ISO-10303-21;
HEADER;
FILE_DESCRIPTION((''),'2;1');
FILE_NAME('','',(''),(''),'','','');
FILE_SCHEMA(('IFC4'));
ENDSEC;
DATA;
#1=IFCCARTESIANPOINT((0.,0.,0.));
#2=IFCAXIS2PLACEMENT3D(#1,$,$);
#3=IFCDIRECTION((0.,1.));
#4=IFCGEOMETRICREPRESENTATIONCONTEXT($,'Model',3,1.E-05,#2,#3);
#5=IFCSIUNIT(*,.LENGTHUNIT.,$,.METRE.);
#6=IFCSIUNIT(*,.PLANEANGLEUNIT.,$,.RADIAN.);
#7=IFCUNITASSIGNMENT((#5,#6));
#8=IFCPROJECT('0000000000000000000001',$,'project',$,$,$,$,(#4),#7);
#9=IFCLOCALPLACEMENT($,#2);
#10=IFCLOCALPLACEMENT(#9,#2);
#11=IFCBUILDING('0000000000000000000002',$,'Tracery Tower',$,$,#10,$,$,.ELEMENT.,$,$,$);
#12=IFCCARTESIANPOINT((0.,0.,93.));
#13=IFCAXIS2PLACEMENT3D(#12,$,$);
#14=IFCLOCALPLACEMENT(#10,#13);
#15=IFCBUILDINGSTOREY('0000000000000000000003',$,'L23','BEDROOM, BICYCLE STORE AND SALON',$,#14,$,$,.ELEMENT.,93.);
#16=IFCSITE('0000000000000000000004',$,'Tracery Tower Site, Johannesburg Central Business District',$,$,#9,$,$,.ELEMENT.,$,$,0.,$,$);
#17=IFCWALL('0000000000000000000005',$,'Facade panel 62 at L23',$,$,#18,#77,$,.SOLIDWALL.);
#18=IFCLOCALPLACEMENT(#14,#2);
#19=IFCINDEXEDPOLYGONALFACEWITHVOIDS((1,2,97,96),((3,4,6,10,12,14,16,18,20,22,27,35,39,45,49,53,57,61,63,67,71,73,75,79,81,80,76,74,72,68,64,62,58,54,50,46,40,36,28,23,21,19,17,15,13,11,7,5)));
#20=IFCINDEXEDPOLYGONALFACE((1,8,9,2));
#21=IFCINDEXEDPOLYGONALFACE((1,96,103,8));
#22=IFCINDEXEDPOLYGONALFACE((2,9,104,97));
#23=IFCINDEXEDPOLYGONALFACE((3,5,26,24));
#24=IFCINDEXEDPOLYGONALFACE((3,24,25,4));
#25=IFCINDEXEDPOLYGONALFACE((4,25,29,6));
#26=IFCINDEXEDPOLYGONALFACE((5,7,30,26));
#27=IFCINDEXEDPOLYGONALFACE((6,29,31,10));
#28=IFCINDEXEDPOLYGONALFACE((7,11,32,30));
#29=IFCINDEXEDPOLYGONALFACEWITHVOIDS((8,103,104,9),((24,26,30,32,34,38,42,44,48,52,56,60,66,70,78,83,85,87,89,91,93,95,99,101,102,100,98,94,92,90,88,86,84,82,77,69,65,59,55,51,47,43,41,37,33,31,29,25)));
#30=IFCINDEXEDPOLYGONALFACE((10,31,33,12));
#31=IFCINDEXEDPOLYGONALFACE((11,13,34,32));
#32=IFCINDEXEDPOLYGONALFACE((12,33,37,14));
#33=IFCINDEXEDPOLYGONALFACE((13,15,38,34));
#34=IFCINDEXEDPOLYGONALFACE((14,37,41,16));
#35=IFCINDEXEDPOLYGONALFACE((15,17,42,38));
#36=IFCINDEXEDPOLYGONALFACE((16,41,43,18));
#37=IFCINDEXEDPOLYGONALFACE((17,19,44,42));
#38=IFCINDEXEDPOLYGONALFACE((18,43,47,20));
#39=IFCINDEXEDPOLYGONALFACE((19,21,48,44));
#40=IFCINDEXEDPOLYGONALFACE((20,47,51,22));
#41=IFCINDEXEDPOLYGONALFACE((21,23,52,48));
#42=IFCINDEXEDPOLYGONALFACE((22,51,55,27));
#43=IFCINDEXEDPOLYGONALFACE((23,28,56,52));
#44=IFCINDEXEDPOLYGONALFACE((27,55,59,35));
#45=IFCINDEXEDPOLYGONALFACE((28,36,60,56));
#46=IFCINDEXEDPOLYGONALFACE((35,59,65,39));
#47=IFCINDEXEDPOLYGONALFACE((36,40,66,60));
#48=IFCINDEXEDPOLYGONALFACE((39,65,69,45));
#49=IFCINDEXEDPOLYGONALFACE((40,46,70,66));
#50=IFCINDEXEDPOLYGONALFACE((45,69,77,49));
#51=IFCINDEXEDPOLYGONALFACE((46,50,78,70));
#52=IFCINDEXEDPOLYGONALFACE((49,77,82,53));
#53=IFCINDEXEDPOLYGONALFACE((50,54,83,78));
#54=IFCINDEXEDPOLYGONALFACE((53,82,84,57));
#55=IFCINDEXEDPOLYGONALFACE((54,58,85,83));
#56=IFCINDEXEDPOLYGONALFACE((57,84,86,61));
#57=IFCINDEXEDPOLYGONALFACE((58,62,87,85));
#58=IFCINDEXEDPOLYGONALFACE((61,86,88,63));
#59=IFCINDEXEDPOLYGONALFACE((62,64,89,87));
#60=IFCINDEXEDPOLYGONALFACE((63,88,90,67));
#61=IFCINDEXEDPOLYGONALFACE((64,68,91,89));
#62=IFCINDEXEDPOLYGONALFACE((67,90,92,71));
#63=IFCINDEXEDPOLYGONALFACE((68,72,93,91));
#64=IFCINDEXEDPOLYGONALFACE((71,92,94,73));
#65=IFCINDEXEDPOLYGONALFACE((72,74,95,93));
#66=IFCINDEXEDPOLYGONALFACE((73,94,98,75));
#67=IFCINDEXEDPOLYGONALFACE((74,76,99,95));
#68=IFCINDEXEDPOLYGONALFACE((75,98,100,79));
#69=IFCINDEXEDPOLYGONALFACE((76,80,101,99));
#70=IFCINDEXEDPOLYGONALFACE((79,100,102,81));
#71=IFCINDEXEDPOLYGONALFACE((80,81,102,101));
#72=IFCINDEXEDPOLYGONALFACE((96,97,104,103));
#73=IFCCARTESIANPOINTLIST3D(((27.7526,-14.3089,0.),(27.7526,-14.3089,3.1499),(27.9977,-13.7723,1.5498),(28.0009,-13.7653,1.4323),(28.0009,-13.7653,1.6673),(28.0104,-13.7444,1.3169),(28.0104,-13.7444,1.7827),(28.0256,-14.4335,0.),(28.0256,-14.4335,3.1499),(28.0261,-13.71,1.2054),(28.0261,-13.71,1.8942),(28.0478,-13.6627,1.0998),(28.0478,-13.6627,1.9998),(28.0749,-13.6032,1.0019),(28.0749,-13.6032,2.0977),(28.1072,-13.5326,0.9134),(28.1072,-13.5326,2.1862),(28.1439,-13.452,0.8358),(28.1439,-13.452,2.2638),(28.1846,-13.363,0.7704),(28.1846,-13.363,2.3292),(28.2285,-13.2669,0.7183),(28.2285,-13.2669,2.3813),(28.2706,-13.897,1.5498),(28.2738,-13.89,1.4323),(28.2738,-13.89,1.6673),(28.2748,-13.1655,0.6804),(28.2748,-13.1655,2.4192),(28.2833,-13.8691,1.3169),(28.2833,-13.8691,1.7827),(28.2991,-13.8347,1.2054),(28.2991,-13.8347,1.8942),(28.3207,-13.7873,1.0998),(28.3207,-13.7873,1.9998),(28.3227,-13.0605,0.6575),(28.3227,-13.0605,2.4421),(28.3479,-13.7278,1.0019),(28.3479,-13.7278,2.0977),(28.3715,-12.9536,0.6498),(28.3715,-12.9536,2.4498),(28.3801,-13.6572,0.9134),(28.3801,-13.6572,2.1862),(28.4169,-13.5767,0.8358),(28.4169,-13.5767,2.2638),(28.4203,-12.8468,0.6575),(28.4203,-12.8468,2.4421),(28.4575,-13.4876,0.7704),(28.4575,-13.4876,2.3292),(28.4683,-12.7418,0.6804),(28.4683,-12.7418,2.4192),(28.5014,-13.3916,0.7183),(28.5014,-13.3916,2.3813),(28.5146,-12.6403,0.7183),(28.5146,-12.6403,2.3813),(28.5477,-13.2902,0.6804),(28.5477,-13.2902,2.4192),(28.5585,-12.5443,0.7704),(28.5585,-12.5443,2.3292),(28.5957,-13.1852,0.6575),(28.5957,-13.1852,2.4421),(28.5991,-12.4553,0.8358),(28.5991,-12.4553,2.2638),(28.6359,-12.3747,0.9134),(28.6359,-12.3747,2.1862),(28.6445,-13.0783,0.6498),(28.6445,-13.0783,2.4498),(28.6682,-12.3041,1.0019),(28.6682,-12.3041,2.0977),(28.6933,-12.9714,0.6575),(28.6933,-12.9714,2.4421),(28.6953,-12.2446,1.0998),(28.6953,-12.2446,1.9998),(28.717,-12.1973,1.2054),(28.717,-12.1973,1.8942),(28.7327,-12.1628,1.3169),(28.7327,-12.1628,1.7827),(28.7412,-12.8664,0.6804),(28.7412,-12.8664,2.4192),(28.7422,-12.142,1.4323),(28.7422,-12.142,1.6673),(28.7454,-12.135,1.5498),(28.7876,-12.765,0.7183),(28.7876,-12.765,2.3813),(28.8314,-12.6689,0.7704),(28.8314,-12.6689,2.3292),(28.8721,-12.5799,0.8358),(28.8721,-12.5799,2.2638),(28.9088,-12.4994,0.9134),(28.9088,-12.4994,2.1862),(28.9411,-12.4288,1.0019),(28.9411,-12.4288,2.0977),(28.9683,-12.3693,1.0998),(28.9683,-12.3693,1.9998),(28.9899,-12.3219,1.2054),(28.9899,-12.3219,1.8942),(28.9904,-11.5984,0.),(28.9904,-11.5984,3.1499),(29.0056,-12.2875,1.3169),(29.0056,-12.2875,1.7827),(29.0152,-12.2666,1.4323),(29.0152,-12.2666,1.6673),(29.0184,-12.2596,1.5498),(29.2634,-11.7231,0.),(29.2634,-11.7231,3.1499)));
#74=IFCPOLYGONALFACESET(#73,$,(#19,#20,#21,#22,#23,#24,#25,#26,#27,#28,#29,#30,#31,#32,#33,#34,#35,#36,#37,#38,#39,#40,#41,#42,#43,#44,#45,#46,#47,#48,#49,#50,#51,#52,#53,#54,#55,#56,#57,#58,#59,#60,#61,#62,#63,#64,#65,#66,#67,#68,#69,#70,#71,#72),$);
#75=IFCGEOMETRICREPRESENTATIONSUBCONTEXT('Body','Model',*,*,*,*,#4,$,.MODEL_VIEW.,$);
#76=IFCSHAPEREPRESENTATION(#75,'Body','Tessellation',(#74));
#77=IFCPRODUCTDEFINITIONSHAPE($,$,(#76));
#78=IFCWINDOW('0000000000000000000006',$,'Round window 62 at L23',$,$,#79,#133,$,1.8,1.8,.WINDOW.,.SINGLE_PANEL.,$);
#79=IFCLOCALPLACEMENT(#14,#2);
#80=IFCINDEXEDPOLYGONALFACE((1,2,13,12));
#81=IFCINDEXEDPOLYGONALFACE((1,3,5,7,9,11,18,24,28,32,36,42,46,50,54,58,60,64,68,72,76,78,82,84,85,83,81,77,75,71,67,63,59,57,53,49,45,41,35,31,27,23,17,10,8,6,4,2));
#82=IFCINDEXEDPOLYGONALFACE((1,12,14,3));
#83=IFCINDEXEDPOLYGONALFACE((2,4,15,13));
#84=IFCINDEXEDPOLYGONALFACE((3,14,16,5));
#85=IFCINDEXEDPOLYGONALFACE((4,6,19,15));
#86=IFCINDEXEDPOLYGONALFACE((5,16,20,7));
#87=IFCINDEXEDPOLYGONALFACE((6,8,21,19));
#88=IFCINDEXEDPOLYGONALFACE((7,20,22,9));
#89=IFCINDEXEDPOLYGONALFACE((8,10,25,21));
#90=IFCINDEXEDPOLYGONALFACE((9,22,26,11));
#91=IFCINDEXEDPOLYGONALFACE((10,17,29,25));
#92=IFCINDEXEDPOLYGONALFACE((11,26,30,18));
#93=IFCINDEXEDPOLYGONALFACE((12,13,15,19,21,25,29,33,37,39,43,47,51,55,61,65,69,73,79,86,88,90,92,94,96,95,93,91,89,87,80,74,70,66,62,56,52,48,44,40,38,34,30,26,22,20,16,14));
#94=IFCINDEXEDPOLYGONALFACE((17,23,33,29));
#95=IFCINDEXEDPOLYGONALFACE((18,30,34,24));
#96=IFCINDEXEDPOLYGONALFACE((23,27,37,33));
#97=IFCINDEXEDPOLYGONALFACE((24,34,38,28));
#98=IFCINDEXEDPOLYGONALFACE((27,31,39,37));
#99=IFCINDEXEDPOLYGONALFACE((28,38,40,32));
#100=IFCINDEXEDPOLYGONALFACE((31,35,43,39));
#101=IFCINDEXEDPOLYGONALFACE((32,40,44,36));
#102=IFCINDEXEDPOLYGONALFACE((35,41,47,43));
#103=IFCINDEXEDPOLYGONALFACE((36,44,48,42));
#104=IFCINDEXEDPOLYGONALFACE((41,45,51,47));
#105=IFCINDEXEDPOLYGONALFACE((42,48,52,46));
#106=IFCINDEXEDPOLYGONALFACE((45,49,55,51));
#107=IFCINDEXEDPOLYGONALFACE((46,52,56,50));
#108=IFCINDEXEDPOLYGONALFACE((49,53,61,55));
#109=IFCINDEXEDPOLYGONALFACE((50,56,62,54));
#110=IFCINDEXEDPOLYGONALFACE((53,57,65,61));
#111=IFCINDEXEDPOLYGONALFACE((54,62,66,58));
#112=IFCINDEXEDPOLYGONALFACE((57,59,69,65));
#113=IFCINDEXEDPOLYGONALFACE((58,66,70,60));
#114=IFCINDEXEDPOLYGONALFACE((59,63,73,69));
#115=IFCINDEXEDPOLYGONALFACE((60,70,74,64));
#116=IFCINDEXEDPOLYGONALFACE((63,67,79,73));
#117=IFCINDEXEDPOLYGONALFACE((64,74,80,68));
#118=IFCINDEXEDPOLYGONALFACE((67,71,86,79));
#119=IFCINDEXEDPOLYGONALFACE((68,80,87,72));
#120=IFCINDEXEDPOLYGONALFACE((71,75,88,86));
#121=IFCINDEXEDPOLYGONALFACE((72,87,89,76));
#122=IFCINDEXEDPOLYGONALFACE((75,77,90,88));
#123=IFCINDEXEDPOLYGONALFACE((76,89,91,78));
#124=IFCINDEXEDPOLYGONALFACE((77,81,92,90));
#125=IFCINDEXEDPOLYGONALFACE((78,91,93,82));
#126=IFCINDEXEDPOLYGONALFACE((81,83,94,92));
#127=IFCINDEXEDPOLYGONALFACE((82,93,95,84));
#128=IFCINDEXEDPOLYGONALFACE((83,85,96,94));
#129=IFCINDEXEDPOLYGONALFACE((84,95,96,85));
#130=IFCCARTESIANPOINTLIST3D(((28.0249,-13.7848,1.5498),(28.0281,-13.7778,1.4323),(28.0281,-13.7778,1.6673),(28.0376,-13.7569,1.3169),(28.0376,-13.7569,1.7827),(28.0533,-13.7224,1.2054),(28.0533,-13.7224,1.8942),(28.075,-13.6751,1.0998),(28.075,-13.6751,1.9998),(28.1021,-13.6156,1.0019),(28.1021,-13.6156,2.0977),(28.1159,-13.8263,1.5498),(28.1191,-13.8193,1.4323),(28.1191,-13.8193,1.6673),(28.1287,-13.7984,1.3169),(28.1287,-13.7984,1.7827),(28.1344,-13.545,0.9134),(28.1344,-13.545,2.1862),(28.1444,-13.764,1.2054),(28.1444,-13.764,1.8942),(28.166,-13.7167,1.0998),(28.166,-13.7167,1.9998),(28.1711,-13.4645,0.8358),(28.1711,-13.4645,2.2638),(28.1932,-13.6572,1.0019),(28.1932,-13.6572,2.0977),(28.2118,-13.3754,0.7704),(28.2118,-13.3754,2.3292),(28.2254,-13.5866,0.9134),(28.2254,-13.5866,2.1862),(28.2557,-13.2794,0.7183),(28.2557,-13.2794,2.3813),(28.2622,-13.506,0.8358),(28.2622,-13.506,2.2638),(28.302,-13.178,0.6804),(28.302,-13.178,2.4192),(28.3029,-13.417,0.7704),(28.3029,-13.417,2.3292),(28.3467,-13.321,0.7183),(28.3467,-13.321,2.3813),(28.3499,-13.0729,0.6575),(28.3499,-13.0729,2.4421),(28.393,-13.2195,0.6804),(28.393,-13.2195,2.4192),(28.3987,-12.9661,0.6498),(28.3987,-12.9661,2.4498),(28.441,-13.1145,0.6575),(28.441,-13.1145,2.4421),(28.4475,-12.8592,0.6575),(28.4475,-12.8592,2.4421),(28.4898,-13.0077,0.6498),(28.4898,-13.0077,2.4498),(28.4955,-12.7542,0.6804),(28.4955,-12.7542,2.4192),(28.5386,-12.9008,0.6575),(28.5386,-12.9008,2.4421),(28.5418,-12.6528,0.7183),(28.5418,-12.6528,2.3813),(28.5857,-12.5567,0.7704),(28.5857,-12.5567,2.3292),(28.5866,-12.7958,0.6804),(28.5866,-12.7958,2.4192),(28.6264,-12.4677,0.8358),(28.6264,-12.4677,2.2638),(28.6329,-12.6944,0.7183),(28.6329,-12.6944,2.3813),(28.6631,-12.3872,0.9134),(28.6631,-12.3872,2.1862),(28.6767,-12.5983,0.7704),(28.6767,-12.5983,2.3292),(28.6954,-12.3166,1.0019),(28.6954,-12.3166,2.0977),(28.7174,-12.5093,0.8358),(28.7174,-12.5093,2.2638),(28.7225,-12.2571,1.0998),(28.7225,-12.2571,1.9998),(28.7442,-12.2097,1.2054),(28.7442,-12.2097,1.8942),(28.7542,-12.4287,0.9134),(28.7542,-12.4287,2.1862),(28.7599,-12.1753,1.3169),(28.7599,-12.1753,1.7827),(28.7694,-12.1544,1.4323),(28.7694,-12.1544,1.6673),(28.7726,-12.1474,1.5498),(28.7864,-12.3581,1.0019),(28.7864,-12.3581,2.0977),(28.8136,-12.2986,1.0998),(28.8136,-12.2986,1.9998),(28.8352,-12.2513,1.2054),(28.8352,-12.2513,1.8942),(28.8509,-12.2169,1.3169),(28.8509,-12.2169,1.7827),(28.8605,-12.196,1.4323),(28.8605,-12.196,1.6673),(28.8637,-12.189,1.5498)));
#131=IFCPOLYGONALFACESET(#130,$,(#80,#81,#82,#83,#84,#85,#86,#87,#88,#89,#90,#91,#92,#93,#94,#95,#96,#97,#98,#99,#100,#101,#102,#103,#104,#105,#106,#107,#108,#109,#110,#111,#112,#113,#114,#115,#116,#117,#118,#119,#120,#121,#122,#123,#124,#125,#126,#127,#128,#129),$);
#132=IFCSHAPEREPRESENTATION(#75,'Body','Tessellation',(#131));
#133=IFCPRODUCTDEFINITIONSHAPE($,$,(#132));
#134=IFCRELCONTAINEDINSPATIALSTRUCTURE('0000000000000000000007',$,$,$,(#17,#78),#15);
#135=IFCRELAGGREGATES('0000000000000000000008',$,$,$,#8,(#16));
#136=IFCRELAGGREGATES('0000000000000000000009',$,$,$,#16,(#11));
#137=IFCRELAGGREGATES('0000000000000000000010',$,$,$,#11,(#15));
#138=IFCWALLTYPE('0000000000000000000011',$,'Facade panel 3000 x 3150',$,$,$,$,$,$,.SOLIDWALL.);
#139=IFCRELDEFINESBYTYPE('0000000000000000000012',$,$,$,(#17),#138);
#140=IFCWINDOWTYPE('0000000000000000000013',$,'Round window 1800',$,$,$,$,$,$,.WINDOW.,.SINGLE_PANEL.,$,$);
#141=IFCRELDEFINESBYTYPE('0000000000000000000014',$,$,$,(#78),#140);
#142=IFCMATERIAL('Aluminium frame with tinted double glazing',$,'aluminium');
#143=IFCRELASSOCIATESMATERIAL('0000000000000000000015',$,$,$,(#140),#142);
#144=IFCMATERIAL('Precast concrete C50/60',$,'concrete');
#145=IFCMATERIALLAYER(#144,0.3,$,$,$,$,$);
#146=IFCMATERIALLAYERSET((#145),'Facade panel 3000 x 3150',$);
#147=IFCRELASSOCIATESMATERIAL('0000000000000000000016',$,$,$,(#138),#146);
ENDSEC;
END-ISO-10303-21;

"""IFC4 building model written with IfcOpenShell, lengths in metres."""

from ifc_helpers import new_model, si_unit, direction, frame, frame_2d, origin, origin_2d, place, context, subcontext, project, spatial, rectangle, circle, extrude, material, layer, layer_set, type_object, element, fill, save


model = new_model("IFC4")

# Units and contexts
model_context = context("Model", 3, precision=1e-05, world=origin(), true_north=direction((0.0, 1.0)))
body_context = subcontext(model_context, "Body", "Model", "MODEL_VIEW")
ifc_project = project(units=[si_unit("LENGTHUNIT", "METRE"), si_unit("PLANEANGLEUNIT", "RADIAN")], contexts=[model_context])

# Site, building, storey
site_placement = place(None, origin())
site = spatial("IfcSite", under=ifc_project, at=site_placement, Name="Tracery Tower Site, Johannesburg Central Business District", CompositionType="ELEMENT", RefElevation=0.0)
building_placement = place(site_placement, origin())
building = spatial("IfcBuilding", under=site, at=building_placement, Name="Tracery Tower", CompositionType="ELEMENT")
storey_placement = place(building_placement, frame((0.0, 0.0, 93.0)))
storey = spatial("IfcBuildingStorey", under=building, at=storey_placement, Name="L23", Description="BEDROOM, BICYCLE STORE AND SALON", CompositionType="ELEMENT", Elevation=93.0)

# Wall, opening, window
ifc_material_1 = material(Name="Aluminium frame with tinted double glazing", Category="aluminium")
window_type = type_object("IfcWindowType", Name="Round window 1800", PartitioningType="SINGLE_PANEL", PredefinedType="WINDOW", material=ifc_material_1)
ifc_material_2 = material(Name="Precast concrete C50/60", Category="concrete")
ifc_layer_1 = layer(ifc_material_2, 0.3)
ifc_layer_set_1 = layer_set([ifc_layer_1], Name="Facade panel 3000 x 3150")
wall_type_1 = type_object("IfcWallType", Name="Facade panel 3000 x 3150", PredefinedType="SOLIDWALL", material=ifc_layer_set_1)
wall_1_placement = place(storey_placement, frame((27.8892, -14.3711, 0.0), z_axis=(0.0, 0.0, 1.0), x_axis=(0.415407, 0.909636, 0.0)))
wall_1 = element("IfcWall", 1, at=wall_1_placement, inside=storey, type_object=wall_type_1, Name="Facade panel 62 at L23", PredefinedType="SOLIDWALL", context=body_context, shape_type="SweptSolid", body=[
    extrude(rectangle(XDim=2.9797, YDim=0.3, at=frame_2d((1.4897, 0.0))), origin(), (0.0, 0.0, 1.0), 3.1499),
])
opening_1_placement = place(wall_1_placement, frame((1.4897, 0.0, 1.5498)))
opening_1 = element("IfcOpeningElement", 2, at=opening_1_placement, cuts=wall_1, PredefinedType="OPENING", context=body_context, shape_type="SweptSolid", body=[
    extrude(circle(Radius=0.9, at=origin_2d()), frame((0.0, 0.1599, 0.0), z_axis=(0.0, -1.0, 0.0), x_axis=(1.0, 0.0, 0.0)), (0.0, 0.0, 1.0), 0.3201),
])
window_1_placement = place(opening_1_placement, origin())
window_1 = element("IfcWindow", 3, at=window_1_placement, inside=storey, type_object=window_type, Name="Round window 62 at L23", OverallHeight=1.8, OverallWidth=1.8, PartitioningType="SINGLE_PANEL", PredefinedType="WINDOW", context=body_context, shape_type="SweptSolid", body=[
    extrude(circle(Radius=0.9, at=origin_2d()), frame((0.0, 0.1201, 0.0), z_axis=(0.0, -1.0, 0.0), x_axis=(1.0, 0.0, 0.0)), (0.0, 0.0, 1.0), 0.1001),
])
fill(opening_1, window_1)

save(model, "model.ifc")
